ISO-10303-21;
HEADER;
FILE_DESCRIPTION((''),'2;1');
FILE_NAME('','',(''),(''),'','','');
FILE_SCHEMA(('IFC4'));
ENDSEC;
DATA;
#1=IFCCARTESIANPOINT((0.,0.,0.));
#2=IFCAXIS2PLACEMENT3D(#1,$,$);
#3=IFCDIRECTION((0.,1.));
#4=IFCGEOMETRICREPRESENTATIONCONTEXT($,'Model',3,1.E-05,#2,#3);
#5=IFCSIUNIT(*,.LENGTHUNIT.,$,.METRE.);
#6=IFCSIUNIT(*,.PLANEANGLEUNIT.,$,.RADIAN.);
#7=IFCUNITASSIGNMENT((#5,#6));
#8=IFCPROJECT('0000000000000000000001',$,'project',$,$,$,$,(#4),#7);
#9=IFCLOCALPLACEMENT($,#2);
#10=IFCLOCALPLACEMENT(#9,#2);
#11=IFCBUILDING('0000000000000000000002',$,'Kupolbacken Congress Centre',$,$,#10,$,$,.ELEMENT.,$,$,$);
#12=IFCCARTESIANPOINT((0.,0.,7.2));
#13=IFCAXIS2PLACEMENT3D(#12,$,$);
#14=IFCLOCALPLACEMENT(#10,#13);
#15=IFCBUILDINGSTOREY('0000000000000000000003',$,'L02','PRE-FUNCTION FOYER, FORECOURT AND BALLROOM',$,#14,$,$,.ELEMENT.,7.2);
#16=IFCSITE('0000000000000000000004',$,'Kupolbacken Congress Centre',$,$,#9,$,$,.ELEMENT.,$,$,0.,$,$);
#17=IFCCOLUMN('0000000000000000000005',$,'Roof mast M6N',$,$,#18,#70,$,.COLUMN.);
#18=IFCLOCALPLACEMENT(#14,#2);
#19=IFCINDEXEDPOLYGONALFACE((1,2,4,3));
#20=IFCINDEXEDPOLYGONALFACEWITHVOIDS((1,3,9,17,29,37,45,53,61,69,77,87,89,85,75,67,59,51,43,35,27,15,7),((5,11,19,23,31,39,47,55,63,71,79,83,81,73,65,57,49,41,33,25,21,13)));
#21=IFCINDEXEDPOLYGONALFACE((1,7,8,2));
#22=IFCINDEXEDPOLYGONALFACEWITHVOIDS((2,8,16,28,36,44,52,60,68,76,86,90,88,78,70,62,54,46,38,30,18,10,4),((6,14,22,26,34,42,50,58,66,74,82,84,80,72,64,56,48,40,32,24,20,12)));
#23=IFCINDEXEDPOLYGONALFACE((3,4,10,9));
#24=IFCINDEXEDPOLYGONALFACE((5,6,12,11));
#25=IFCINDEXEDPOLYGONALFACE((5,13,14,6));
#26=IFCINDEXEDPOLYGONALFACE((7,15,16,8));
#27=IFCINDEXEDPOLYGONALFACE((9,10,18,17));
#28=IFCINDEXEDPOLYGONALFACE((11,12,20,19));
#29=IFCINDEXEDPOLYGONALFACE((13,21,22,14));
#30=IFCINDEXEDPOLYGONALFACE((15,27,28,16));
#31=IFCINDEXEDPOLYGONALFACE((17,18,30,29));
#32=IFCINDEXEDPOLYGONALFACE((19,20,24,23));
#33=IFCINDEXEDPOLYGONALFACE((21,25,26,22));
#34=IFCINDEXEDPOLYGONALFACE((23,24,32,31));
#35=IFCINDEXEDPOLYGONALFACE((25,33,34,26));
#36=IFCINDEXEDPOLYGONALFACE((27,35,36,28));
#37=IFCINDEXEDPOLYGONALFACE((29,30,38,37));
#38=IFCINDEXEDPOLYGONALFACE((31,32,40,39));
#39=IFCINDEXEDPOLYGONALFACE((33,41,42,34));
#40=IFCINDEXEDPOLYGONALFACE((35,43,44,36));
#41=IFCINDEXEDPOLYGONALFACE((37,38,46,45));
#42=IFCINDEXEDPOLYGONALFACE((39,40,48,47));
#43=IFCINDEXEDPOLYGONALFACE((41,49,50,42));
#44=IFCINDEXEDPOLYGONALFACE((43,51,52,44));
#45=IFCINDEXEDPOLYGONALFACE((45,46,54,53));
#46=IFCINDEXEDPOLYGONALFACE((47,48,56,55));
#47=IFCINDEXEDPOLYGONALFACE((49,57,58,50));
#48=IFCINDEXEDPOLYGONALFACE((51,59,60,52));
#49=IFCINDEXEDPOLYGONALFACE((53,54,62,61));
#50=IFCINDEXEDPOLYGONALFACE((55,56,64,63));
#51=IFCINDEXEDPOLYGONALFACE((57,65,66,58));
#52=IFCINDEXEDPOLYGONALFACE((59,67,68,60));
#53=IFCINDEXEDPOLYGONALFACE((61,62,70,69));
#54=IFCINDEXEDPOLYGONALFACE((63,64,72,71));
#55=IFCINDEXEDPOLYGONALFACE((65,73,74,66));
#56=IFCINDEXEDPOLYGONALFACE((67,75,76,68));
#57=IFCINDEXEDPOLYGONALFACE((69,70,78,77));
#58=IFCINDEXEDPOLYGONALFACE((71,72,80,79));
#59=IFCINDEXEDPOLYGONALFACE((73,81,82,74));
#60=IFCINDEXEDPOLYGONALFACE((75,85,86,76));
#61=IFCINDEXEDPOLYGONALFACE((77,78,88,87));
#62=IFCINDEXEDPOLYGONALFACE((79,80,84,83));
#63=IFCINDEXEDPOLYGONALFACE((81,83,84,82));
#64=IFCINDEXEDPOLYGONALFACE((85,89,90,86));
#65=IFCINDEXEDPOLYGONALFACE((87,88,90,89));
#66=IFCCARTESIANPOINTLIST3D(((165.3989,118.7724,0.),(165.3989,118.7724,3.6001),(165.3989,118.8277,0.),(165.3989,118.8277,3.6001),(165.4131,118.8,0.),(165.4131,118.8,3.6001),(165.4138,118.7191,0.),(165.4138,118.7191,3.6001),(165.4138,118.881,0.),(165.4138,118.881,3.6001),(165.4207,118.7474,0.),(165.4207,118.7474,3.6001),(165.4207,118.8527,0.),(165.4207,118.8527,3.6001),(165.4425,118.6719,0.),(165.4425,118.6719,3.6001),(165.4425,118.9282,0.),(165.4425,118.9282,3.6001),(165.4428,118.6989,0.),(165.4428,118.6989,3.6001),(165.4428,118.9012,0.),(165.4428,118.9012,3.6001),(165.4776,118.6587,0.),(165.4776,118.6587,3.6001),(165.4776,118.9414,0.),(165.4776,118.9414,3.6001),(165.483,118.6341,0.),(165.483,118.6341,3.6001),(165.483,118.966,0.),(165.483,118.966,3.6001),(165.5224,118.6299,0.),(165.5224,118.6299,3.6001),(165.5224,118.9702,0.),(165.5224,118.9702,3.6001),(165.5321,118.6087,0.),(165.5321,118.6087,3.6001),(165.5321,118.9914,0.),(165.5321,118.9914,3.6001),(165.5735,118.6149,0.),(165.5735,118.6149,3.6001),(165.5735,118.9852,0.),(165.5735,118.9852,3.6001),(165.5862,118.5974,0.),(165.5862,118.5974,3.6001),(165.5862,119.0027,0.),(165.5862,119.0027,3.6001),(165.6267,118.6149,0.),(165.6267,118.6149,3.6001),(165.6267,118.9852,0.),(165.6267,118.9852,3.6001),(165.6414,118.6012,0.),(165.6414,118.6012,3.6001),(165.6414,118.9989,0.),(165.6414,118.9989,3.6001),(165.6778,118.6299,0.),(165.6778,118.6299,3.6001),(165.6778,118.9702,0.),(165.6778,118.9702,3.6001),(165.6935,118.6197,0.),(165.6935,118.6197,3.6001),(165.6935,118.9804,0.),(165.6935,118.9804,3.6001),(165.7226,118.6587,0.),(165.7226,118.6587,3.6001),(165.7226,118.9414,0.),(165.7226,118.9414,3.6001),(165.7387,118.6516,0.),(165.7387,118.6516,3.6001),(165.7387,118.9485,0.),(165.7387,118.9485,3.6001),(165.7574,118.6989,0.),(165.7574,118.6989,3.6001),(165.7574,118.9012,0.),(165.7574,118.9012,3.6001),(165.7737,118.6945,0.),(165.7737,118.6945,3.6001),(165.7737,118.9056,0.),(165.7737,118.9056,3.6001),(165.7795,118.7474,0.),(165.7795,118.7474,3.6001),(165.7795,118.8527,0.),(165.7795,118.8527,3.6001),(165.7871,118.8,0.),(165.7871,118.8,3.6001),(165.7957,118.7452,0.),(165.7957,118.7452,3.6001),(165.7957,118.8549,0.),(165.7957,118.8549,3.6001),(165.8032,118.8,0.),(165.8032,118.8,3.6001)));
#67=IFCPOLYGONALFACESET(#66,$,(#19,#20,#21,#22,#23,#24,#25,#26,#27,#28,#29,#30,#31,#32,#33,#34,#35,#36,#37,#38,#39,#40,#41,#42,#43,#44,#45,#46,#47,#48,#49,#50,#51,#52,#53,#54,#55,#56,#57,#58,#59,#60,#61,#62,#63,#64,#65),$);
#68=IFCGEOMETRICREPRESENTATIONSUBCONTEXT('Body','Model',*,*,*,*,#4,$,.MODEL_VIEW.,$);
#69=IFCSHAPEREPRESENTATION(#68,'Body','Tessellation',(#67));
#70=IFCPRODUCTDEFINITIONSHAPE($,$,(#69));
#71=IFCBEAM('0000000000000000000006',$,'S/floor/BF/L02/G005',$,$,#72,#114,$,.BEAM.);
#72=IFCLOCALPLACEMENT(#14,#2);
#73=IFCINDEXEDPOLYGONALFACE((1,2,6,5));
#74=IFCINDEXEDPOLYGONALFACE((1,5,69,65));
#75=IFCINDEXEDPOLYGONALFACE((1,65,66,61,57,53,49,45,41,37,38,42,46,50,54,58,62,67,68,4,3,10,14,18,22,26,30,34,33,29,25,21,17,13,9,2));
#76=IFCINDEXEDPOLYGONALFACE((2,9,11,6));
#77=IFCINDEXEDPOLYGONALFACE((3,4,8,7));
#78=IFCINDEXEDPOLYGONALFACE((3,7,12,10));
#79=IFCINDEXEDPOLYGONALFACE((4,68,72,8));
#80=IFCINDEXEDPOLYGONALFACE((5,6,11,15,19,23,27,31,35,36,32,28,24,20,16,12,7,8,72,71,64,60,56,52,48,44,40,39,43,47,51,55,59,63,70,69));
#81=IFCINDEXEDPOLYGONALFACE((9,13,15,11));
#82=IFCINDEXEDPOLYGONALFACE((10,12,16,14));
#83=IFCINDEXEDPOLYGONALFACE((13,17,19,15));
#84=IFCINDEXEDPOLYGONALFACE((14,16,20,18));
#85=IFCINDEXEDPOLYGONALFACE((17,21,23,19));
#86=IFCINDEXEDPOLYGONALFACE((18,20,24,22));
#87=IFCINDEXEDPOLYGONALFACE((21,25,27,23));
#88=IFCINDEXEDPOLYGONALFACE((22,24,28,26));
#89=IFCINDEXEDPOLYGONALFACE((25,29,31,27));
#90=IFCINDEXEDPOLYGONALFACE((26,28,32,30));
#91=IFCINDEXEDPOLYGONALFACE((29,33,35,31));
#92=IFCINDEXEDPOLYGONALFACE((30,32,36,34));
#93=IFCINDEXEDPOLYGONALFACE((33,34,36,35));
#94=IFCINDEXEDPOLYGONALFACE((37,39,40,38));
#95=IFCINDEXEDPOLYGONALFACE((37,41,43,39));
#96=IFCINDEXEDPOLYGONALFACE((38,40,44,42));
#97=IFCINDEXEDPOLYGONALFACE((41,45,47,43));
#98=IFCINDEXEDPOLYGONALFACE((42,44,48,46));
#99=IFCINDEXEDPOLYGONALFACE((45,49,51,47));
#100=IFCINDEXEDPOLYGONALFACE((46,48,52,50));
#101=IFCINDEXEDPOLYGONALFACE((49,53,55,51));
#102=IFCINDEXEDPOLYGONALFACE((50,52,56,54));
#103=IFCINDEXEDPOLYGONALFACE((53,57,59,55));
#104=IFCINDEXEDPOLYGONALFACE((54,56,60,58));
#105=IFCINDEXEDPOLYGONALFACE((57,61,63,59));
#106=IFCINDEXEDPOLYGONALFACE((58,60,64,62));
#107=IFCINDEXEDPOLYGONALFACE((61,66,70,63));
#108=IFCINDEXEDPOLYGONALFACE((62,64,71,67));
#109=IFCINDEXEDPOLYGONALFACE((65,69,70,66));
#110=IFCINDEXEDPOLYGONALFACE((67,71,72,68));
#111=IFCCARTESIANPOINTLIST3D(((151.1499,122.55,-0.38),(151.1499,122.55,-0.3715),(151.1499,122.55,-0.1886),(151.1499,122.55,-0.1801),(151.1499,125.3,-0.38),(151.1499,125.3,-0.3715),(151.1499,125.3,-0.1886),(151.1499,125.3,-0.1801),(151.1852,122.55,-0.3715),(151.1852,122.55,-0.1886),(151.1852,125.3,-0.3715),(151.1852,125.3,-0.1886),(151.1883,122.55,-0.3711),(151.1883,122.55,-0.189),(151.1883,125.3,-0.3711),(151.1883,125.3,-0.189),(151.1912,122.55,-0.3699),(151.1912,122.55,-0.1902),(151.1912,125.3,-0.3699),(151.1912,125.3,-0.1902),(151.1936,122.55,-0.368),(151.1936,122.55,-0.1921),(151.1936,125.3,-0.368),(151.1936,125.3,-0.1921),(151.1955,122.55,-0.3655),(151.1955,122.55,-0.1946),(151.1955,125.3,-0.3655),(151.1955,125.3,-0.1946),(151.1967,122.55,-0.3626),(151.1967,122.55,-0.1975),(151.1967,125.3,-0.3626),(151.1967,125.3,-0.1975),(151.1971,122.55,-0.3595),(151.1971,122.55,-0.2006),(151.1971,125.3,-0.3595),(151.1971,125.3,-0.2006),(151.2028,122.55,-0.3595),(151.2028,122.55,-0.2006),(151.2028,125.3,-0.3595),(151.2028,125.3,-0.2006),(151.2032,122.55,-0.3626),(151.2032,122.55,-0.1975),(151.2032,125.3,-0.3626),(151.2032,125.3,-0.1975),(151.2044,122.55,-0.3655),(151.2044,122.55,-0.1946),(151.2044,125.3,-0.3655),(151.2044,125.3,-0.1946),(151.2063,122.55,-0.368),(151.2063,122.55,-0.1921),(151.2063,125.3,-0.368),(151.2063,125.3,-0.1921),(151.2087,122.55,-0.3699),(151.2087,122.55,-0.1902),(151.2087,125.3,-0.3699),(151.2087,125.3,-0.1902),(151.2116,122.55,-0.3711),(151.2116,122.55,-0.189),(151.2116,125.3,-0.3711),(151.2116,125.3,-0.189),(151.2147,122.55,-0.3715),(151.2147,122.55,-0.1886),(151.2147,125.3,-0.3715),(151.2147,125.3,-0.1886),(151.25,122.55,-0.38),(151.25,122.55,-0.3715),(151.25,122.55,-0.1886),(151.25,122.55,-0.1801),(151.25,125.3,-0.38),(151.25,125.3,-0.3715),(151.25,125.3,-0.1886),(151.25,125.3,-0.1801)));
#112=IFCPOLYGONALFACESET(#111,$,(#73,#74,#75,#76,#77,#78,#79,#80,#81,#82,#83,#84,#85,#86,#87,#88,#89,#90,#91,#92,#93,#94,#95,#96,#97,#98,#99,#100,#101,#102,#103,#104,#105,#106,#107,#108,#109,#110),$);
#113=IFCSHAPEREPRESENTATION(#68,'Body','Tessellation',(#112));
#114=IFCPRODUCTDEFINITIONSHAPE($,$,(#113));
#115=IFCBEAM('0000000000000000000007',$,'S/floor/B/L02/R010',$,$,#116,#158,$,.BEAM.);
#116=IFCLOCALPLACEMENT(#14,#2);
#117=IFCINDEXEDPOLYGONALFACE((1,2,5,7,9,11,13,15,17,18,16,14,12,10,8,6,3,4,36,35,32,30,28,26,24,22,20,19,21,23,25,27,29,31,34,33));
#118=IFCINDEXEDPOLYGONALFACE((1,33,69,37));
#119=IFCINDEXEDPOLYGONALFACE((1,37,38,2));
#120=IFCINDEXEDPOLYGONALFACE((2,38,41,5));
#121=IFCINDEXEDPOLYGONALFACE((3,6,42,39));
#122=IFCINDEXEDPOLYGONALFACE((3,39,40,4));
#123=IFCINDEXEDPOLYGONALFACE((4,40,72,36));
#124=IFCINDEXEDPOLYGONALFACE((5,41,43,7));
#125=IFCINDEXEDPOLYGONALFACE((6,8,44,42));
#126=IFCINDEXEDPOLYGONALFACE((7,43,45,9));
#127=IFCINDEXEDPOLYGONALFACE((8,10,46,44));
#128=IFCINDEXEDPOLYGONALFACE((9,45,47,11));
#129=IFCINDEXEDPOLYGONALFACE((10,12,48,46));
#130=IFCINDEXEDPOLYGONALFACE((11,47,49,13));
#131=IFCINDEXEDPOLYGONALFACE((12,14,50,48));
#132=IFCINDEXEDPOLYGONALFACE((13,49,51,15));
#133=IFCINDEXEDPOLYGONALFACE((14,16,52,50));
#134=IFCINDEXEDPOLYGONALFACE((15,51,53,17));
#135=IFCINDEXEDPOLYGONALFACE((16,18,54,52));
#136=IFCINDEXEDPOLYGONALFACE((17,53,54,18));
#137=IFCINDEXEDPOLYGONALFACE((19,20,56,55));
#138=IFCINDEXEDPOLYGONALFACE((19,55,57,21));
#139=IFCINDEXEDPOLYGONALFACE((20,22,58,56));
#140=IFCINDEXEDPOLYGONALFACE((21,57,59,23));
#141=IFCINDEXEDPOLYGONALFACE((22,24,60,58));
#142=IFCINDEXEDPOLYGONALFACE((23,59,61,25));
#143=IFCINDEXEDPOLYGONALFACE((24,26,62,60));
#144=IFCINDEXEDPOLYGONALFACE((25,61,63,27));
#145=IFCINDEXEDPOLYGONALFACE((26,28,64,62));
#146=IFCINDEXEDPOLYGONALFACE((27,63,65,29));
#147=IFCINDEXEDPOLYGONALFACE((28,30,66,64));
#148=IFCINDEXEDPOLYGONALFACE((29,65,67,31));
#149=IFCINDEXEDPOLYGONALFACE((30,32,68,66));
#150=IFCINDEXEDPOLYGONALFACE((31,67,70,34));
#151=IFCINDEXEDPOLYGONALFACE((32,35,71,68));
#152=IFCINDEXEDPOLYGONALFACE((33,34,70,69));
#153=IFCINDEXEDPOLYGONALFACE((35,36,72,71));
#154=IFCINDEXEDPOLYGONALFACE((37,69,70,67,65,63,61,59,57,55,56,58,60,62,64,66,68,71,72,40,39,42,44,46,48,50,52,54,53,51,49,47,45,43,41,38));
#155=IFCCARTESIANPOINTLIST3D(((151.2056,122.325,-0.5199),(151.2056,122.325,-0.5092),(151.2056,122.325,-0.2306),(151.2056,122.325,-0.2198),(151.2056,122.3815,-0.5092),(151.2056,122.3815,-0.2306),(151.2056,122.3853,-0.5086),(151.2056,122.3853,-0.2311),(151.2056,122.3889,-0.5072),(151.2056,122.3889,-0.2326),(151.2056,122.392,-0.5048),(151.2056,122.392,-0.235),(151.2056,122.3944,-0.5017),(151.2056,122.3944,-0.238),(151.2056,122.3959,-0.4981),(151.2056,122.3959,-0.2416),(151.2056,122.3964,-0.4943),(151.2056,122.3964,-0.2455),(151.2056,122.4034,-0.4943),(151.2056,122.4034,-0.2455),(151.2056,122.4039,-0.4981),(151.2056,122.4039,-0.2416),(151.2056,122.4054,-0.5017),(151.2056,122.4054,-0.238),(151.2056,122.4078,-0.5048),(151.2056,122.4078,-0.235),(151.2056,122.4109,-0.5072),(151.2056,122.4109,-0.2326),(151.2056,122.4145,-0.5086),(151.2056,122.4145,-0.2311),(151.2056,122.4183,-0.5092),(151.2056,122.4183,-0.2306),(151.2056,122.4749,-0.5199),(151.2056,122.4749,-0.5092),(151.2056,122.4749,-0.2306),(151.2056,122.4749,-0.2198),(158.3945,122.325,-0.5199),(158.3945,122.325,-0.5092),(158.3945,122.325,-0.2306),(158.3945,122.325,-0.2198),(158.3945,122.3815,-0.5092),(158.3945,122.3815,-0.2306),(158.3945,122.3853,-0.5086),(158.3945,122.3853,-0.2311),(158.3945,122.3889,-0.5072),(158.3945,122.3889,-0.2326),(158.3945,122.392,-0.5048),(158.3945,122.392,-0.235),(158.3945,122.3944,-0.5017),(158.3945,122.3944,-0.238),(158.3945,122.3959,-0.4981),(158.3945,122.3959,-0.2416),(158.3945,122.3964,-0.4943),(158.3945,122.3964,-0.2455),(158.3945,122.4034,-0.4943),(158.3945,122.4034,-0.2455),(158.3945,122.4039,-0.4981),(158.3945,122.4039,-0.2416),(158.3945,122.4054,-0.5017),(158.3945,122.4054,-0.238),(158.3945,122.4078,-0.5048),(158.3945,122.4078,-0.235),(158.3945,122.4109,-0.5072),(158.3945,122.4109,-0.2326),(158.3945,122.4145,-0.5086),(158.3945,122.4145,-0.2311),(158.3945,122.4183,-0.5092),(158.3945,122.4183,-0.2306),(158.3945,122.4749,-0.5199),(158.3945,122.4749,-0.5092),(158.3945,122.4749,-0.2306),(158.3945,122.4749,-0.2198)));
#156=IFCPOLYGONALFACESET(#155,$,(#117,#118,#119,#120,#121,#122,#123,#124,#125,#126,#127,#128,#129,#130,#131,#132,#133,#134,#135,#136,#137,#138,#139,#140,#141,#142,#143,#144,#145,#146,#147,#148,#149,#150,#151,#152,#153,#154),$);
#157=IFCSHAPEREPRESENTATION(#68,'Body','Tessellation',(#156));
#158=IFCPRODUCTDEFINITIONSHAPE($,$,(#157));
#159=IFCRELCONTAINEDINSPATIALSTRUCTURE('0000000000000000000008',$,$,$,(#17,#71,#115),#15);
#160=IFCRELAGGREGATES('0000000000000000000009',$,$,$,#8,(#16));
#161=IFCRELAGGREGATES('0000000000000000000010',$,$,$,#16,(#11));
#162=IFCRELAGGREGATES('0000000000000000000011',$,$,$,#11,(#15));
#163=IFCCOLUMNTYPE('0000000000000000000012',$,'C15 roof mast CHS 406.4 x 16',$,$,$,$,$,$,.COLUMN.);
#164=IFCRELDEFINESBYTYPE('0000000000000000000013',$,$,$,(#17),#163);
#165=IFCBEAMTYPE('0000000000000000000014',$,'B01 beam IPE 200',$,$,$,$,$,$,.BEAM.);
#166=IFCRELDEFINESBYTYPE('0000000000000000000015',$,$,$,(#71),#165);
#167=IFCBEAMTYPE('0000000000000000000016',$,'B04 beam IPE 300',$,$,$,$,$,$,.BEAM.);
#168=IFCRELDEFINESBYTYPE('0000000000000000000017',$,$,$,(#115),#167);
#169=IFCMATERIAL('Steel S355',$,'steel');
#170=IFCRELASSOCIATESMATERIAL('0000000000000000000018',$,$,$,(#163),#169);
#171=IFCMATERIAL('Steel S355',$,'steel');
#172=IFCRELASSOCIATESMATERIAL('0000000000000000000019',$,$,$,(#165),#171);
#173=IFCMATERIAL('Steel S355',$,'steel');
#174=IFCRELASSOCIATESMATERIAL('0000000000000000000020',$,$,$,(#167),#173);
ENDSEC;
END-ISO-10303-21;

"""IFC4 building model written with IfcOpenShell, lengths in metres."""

from ifc_helpers import new_model, si_unit, direction, frame, origin, origin_2d, place, context, subcontext, project, spatial, hollow_circle, i_section, extrude, material, material_profile, profile_set, type_object, element, save


model = new_model("IFC4")

# Units and contexts
model_context = context("Model", 3, precision=1e-05, world=origin(), true_north=direction((0.0, 1.0)))
body_context = subcontext(model_context, "Body", "Model", "MODEL_VIEW")
ifc_project = project(units=[si_unit("LENGTHUNIT", "METRE"), si_unit("PLANEANGLEUNIT", "RADIAN")], contexts=[model_context])

# Site, building, storey
site_placement = place(None, origin())
site = spatial("IfcSite", under=ifc_project, at=site_placement, Name="Kupolbacken Congress Centre", CompositionType="ELEMENT", RefElevation=0.0)
building_placement = place(site_placement, origin())
building = spatial("IfcBuilding", under=site, at=building_placement, Name="Kupolbacken Congress Centre", CompositionType="ELEMENT")
storey_placement = place(building_placement, frame((0.0, 0.0, 7.2)))
storey = spatial("IfcBuildingStorey", under=building, at=storey_placement, Name="L02", Description="PRE-FUNCTION FOYER, FORECOURT AND BALLROOM", CompositionType="ELEMENT", Elevation=7.2)

# Column
ifc_material_1 = material(Name="Steel S355", Category="steel")
ifc_material_profile_1 = material_profile(ifc_material_1, hollow_circle(Radius=0.2031, WallThickness=0.0161, at=origin_2d()), Name="CHS 406.4 x 16")
ifc_profile_set_1 = profile_set([ifc_material_profile_1], Name="Steel S355")
column_type_1 = type_object("IfcColumnType", Name="C15 roof mast CHS 406.4 x 16", PredefinedType="COLUMN", material=ifc_profile_set_1)
for number, where, z_axis, x_axis, name in (
    (1, (165.6001, 118.8, 0.0), (0.0, 0.0, 1.0), (1.0, 0.0, 0.0), "Roof mast M6N"),
):
    element("IfcColumn", number, at=place(storey_placement, frame(where, z_axis=z_axis, x_axis=x_axis)), inside=storey, type_object=column_type_1, Name=name, PredefinedType="COLUMN", context=body_context, shape_type="SweptSolid", body=[
        extrude(hollow_circle(Radius=0.2031, WallThickness=0.0161, at=origin_2d()), origin(), (0.0, 0.0, 1.0), 3.6001),
    ])

# Beams
ifc_material_2 = material(Name="Steel S355", Category="steel")
ifc_material_profile_2 = material_profile(ifc_material_2, i_section(OverallWidth=0.1001, OverallDepth=0.2, WebThickness=0.0056, FlangeThickness=0.0085, FilletRadius=0.012, at=origin_2d()), Name="IPE 200")
ifc_profile_set_2 = profile_set([ifc_material_profile_2], Name="Steel S355")
beam_type_1 = type_object("IfcBeamType", Name="B01 beam IPE 200", PredefinedType="BEAM", material=ifc_profile_set_2)
beam_1_placement = place(storey_placement, frame((151.2, 122.55, -0.28), z_axis=(0.0, 1.0, 0.0), x_axis=(-1.0, 0.0, 0.0)))
element("IfcBeam", 2, at=beam_1_placement, inside=storey, type_object=beam_type_1, Name="S/floor/BF/L02/G005", PredefinedType="BEAM", context=body_context, shape_type="SweptSolid", body=[
    extrude(i_section(OverallWidth=0.1001, OverallDepth=0.2, WebThickness=0.0056, FlangeThickness=0.0085, FilletRadius=0.012, at=origin_2d()), origin(), (0.0, 0.0, 1.0), 2.75),
])
ifc_material_3 = material(Name="Steel S355", Category="steel")
ifc_material_profile_3 = material_profile(ifc_material_3, i_section(OverallWidth=0.1499, OverallDepth=0.3, WebThickness=0.0071, FlangeThickness=0.0107, FilletRadius=0.0149, at=origin_2d()), Name="IPE 300")
ifc_profile_set_3 = profile_set([ifc_material_profile_3], Name="Steel S355")
beam_type_2 = type_object("IfcBeamType", Name="B04 beam IPE 300", PredefinedType="BEAM", material=ifc_profile_set_3)
for number, where, z_axis, x_axis, name in (
    (3, (151.2056, 122.3999, -0.3699), (1.0, 0.0, 0.0), (0.0, 1.0, 0.0), "S/floor/B/L02/R010"),
):
    element("IfcBeam", number, at=place(storey_placement, frame(where, z_axis=z_axis, x_axis=x_axis)), inside=storey, type_object=beam_type_2, Name=name, PredefinedType="BEAM", context=body_context, shape_type="SweptSolid", body=[
        extrude(i_section(OverallWidth=0.1499, OverallDepth=0.3, WebThickness=0.0071, FlangeThickness=0.0107, FilletRadius=0.0149, at=origin_2d()), origin(), (0.0, 0.0, 1.0), 7.189),
    ])

save(model, "model.ifc")
